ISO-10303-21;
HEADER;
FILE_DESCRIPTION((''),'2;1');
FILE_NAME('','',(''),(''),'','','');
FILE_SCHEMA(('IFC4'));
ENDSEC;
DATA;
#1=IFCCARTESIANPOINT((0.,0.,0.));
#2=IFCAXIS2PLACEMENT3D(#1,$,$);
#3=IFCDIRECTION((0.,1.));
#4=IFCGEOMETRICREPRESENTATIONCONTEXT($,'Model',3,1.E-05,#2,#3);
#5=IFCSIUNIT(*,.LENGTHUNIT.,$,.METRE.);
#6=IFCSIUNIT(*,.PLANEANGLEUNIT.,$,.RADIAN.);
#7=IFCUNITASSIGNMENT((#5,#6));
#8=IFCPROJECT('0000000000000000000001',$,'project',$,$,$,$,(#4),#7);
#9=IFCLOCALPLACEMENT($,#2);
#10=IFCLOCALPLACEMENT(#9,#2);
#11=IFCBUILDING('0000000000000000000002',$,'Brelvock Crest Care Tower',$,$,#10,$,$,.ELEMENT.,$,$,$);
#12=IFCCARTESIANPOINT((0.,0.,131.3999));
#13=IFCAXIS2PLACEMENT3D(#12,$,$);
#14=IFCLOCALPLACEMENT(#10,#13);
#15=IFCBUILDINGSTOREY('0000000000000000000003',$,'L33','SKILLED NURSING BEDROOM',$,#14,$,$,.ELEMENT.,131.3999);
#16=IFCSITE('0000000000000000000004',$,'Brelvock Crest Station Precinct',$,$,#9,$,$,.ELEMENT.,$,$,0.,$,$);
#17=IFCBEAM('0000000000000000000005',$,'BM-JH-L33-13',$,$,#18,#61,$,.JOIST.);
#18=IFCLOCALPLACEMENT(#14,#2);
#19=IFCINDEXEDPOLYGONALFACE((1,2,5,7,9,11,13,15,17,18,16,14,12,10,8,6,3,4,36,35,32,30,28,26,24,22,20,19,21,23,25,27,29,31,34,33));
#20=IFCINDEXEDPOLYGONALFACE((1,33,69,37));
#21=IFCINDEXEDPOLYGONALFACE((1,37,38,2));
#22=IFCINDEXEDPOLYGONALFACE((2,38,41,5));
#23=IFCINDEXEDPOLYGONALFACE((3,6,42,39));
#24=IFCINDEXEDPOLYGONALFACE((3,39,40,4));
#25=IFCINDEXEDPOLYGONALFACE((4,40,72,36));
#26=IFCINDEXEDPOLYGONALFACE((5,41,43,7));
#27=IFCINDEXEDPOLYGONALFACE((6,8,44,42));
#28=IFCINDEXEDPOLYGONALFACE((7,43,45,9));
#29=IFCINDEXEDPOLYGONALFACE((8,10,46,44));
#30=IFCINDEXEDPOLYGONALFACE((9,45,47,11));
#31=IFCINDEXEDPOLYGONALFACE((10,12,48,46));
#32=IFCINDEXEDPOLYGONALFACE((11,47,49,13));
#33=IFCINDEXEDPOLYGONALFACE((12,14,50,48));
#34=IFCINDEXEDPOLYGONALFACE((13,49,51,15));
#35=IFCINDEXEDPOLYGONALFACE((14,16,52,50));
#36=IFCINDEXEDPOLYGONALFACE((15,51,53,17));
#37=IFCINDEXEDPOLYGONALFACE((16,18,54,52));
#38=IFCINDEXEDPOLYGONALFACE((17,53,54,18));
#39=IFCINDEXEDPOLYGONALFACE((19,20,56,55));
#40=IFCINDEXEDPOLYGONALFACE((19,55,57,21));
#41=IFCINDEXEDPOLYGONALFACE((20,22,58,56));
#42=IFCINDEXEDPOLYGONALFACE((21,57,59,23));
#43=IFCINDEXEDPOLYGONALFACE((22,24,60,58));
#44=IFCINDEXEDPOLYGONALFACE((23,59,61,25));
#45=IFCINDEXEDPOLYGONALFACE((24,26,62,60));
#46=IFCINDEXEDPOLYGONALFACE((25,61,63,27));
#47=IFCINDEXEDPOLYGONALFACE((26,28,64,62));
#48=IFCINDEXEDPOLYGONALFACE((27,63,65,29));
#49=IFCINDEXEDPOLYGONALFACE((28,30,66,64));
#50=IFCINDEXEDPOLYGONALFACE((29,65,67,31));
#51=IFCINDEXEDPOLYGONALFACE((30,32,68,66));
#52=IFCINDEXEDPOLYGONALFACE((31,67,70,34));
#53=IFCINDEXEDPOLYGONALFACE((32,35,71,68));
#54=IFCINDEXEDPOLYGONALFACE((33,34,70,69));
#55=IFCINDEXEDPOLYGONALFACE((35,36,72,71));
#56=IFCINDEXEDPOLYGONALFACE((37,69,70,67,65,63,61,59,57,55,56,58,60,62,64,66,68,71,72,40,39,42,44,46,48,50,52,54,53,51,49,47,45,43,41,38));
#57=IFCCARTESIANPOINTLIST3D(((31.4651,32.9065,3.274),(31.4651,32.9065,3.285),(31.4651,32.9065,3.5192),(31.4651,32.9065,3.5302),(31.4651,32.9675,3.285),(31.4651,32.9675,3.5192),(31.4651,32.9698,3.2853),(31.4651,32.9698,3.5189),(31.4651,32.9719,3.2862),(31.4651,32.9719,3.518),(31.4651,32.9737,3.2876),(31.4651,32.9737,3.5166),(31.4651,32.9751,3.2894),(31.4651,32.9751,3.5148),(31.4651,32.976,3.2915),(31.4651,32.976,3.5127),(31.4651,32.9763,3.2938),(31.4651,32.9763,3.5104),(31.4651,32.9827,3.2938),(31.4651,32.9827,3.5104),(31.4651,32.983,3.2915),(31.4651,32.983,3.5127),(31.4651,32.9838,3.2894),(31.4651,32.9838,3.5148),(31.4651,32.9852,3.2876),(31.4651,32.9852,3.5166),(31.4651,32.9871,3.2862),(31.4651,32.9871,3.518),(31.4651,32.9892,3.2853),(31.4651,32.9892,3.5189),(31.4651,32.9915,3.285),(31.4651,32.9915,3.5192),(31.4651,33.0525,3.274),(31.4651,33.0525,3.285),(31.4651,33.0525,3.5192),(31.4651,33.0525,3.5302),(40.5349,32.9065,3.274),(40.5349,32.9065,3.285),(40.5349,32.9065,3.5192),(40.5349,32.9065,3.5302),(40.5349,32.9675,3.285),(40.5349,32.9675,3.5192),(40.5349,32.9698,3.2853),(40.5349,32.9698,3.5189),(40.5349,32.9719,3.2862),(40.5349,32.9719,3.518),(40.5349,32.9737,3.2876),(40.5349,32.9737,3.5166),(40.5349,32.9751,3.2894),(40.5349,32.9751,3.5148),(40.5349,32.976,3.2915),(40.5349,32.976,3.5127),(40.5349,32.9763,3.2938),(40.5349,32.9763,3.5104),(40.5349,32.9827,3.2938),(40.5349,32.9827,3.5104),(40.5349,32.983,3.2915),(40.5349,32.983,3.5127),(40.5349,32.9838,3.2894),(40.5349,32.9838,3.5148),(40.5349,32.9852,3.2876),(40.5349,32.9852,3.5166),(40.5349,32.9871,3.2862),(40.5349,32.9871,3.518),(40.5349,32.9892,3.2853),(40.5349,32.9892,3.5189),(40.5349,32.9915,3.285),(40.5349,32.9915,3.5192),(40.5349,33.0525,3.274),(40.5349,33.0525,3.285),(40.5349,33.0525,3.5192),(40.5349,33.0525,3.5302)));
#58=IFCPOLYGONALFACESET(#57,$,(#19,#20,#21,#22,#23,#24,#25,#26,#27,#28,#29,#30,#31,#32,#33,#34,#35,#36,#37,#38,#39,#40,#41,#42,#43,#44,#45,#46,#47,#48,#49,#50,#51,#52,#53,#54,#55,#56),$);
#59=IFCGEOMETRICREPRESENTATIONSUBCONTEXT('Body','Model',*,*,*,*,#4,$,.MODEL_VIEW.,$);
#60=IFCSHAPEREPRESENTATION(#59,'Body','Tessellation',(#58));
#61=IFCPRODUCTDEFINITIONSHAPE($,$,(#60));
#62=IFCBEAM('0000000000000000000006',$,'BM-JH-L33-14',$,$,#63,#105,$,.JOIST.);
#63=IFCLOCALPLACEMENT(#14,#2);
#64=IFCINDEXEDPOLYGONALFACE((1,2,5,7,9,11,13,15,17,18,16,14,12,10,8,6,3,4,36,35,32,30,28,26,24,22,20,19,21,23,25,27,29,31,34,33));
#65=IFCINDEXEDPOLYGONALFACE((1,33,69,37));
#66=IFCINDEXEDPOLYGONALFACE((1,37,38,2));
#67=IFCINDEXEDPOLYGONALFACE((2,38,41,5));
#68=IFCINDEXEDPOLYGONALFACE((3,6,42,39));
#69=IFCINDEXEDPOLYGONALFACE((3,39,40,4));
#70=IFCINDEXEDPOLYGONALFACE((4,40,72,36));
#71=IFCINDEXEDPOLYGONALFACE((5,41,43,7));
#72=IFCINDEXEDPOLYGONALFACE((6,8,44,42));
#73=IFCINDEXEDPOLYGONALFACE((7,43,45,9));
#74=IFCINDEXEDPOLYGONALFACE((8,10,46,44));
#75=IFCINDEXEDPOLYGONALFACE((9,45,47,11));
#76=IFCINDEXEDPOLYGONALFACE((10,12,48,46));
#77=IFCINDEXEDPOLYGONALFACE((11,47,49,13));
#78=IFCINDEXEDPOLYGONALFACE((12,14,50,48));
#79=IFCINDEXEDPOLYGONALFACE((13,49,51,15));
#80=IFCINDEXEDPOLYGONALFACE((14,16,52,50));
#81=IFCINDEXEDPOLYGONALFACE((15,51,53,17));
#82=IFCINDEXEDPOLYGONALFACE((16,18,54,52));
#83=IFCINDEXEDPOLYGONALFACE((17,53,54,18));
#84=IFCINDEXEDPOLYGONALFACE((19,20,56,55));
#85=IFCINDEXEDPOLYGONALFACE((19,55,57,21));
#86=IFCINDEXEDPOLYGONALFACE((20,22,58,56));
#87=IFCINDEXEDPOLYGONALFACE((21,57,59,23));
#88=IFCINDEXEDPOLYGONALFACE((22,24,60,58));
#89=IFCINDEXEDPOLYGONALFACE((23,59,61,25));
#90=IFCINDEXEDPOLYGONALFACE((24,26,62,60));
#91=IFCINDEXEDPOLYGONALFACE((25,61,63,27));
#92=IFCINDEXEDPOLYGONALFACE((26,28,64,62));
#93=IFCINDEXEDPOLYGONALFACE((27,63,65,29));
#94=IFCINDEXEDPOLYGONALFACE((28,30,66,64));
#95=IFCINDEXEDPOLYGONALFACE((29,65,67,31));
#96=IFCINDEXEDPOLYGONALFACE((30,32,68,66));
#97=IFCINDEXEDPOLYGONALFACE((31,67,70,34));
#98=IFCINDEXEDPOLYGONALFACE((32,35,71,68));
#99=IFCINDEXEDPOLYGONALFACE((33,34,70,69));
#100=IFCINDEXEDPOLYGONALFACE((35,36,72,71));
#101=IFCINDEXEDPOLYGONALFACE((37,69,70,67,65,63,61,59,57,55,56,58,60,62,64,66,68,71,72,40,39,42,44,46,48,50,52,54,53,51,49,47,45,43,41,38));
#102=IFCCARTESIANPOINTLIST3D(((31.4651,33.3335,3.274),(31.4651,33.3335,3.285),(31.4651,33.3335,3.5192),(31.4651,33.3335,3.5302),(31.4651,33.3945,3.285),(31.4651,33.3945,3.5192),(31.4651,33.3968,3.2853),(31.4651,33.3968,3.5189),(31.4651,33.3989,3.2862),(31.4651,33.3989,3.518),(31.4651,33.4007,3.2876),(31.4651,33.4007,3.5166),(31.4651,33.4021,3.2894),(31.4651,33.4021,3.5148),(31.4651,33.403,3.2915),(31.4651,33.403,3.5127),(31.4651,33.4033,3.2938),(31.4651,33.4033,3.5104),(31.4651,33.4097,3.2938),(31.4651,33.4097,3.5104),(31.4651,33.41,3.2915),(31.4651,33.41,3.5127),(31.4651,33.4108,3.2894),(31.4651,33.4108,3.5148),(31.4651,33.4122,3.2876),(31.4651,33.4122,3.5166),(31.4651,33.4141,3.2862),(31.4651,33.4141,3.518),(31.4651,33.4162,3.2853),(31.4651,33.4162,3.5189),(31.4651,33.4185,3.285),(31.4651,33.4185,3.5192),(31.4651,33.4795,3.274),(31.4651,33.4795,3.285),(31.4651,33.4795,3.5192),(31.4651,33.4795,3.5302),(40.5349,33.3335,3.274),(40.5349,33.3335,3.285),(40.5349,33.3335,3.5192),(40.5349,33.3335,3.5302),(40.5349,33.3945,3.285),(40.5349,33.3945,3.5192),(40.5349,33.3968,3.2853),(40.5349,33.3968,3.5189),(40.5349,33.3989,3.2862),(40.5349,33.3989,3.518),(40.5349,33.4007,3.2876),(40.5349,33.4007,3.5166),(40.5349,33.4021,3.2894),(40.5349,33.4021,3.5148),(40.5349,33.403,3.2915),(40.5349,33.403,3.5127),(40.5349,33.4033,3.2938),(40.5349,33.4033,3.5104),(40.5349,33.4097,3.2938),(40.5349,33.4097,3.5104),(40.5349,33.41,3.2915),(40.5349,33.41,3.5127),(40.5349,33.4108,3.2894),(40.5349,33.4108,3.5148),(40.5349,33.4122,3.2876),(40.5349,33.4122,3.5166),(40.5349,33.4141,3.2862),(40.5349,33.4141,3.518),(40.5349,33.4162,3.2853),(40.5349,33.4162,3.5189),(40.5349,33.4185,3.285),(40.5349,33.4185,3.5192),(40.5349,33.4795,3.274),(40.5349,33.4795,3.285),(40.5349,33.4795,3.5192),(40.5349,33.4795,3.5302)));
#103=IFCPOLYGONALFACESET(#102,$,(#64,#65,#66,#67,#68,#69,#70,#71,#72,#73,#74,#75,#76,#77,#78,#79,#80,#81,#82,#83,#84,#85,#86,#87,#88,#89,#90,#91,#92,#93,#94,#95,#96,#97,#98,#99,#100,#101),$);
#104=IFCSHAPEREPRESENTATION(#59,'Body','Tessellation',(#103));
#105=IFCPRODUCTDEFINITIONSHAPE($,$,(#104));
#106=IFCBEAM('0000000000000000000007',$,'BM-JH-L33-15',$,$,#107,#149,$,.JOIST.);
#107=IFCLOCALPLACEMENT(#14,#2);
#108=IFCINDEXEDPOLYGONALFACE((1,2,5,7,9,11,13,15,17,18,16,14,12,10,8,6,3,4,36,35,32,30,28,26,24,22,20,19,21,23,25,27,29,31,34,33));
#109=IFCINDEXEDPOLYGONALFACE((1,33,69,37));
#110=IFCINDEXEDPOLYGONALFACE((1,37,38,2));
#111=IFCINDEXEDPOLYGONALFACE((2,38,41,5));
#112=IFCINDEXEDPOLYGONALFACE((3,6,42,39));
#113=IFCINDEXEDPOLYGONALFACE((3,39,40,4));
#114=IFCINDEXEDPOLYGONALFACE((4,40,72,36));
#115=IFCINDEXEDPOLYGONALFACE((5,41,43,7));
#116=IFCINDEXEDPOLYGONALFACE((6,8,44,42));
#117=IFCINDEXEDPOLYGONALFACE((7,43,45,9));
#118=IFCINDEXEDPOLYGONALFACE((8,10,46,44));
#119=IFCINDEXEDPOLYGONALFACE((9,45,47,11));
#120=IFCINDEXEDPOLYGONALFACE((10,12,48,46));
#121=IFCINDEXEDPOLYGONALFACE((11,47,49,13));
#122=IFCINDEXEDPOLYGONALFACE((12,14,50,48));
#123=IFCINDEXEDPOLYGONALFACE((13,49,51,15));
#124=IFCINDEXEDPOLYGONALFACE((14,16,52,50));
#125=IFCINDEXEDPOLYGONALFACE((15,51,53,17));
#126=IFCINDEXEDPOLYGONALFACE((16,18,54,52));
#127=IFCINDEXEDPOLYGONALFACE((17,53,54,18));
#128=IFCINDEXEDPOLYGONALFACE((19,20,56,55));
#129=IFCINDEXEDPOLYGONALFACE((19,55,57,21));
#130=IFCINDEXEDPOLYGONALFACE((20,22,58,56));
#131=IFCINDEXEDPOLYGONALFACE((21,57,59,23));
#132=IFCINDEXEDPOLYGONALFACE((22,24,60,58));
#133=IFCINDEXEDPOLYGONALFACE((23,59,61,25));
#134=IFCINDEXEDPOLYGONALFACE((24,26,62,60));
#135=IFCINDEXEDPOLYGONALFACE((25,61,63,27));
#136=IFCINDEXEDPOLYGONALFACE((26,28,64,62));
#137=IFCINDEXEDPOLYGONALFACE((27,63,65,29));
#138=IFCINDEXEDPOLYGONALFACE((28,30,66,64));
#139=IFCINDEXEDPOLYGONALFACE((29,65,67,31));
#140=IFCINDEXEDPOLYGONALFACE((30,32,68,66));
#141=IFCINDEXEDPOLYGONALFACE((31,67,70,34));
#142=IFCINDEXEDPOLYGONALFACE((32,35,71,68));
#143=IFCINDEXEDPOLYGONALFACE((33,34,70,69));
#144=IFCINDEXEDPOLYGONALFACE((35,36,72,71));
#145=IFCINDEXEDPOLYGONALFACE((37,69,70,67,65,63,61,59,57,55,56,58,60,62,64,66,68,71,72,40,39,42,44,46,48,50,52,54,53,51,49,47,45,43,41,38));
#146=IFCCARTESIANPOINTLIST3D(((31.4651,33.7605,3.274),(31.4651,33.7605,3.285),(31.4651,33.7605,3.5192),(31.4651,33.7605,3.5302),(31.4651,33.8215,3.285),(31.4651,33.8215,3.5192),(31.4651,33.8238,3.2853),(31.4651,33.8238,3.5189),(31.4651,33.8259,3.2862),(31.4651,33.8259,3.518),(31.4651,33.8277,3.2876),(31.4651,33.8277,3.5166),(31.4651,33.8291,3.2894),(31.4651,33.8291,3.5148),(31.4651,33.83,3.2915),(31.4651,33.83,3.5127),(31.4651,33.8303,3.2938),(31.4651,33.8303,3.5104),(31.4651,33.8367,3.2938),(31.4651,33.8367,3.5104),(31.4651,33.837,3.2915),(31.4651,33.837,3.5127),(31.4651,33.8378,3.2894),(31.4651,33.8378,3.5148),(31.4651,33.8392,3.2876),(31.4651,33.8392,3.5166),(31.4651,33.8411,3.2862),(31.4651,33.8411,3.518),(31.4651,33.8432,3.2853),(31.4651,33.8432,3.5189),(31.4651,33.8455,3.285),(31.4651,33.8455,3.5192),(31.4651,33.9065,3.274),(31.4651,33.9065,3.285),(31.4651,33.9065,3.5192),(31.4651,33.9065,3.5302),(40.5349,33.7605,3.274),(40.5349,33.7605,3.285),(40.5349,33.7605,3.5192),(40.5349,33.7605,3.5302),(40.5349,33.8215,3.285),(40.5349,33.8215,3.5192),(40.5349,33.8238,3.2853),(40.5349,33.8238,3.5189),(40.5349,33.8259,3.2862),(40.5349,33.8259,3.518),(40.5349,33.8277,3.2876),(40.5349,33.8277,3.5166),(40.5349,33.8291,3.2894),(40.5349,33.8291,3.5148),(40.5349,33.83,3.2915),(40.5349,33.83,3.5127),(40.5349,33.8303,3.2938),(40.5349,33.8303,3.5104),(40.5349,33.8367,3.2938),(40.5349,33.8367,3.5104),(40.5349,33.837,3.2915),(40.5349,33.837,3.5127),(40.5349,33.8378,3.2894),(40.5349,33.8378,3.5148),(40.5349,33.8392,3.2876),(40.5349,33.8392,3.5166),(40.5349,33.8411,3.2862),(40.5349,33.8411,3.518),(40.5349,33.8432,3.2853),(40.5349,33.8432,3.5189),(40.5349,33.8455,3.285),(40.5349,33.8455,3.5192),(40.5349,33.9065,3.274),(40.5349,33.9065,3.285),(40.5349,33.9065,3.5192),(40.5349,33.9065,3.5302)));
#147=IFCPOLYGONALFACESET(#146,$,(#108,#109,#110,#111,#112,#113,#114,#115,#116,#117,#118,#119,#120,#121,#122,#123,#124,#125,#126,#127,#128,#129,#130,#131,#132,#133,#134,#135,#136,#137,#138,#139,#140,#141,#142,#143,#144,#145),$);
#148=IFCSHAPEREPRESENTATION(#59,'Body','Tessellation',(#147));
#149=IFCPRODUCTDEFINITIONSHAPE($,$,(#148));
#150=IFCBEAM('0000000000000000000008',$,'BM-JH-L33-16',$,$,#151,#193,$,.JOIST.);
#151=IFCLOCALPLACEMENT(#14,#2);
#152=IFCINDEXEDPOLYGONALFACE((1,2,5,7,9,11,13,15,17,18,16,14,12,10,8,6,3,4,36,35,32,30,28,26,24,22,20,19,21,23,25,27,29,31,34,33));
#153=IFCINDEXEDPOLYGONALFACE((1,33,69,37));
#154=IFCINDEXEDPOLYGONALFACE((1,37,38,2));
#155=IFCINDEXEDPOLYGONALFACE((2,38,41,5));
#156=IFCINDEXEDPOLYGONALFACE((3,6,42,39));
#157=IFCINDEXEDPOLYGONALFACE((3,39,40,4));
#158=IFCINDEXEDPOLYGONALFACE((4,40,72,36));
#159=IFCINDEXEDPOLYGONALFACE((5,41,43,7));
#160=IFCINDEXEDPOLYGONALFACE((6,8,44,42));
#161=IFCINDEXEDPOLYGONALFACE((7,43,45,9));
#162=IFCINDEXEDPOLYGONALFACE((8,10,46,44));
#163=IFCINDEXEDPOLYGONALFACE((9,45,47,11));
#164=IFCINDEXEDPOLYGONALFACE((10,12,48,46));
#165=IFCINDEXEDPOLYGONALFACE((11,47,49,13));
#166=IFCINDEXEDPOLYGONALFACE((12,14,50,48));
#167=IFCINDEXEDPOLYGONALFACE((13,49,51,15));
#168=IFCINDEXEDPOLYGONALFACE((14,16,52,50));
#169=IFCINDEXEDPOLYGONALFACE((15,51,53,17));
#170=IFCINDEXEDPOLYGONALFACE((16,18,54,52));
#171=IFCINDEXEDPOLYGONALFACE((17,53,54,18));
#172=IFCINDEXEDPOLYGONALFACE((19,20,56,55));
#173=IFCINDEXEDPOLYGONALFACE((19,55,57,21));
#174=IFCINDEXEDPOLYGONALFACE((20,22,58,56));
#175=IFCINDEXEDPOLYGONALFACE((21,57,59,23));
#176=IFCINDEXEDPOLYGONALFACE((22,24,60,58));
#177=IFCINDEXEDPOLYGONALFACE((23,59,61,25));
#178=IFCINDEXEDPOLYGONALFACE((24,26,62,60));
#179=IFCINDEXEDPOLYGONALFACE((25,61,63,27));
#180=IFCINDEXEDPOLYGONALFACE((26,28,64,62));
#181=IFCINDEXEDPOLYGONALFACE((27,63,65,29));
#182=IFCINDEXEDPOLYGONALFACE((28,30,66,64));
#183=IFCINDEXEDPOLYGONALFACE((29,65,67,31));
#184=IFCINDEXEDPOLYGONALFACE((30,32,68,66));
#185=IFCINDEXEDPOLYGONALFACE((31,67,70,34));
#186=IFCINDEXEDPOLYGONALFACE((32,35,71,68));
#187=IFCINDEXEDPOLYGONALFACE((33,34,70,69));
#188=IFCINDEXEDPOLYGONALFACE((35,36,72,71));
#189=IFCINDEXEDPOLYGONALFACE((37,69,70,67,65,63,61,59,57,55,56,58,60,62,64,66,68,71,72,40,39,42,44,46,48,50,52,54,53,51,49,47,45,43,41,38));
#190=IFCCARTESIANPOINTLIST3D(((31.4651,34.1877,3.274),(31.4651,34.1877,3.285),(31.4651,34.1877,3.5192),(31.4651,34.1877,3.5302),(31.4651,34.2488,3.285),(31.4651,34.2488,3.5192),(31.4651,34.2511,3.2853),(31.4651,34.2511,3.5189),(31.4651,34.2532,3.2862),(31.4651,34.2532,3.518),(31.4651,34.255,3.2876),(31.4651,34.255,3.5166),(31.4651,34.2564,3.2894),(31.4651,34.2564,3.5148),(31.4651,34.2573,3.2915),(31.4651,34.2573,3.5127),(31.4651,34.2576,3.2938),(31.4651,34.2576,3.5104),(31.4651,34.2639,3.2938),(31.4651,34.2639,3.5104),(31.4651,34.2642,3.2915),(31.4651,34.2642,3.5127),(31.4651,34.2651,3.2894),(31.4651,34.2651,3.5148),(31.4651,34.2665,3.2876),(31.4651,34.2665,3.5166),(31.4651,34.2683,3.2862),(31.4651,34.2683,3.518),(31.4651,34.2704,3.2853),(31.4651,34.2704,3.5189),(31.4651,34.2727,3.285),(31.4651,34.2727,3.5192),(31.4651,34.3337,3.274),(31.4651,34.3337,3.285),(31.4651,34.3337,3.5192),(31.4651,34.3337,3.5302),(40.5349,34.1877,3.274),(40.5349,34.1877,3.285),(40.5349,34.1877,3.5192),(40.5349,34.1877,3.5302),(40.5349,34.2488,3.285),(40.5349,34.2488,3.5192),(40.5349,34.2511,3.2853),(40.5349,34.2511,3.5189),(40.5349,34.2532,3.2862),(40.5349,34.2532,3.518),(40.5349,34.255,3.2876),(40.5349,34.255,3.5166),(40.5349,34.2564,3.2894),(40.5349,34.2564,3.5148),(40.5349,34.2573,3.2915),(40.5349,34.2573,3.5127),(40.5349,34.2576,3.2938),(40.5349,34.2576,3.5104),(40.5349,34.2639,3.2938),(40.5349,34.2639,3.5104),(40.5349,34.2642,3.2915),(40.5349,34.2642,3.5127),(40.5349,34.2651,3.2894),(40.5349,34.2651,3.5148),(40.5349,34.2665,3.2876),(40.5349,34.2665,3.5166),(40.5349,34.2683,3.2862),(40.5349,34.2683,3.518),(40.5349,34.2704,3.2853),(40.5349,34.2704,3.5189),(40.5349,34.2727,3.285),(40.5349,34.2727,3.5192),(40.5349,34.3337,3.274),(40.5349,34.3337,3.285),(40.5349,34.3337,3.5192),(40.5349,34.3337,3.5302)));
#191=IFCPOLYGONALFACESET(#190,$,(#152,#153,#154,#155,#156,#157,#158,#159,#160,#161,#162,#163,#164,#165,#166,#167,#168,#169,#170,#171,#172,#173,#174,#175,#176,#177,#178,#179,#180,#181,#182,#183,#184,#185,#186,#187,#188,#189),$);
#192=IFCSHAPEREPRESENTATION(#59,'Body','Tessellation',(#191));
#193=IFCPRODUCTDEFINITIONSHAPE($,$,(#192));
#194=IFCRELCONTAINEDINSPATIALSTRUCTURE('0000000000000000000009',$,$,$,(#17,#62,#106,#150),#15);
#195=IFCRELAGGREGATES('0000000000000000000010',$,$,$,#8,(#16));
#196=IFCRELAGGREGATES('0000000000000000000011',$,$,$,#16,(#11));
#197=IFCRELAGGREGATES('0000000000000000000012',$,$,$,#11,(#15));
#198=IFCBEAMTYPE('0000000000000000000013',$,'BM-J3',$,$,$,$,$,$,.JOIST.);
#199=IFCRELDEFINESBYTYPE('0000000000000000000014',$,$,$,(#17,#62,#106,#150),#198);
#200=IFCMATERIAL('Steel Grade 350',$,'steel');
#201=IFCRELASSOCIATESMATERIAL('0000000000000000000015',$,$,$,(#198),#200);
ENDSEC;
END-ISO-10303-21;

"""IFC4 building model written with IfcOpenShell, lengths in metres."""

from ifc_helpers import new_model, si_unit, direction, frame, origin, origin_2d, place, context, subcontext, project, spatial, i_section, extrude, source, transform, mapped, material, material_profile, profile_set, type_object, element, save


model = new_model("IFC4")

# Units and contexts
model_context = context("Model", 3, precision=1e-05, world=origin(), true_north=direction((0.0, 1.0)))
body_context = subcontext(model_context, "Body", "Model", "MODEL_VIEW")
ifc_project = project(units=[si_unit("LENGTHUNIT", "METRE"), si_unit("PLANEANGLEUNIT", "RADIAN")], contexts=[model_context])

# Site, building, storey
site_placement = place(None, origin())
site = spatial("IfcSite", under=ifc_project, at=site_placement, Name="Brelvock Crest Station Precinct", CompositionType="ELEMENT", RefElevation=0.0)
building_placement = place(site_placement, origin())
building = spatial("IfcBuilding", under=site, at=building_placement, Name="Brelvock Crest Care Tower", CompositionType="ELEMENT")
storey_placement = place(building_placement, frame((0.0, 0.0, 131.3999)))
storey = spatial("IfcBuildingStorey", under=building, at=storey_placement, Name="L33", Description="SKILLED NURSING BEDROOM", CompositionType="ELEMENT", Elevation=131.3999)

# Beams
ifc_material = material(Name="Steel Grade 350", Category="steel")
ifc_material_profile = material_profile(ifc_material, i_section(OverallWidth=0.146, OverallDepth=0.2561, WebThickness=0.0063, FlangeThickness=0.011, FilletRadius=0.0088, at=origin_2d()), Name="250UB37.3")
ifc_profile_set = profile_set([ifc_material_profile], Name="Steel Grade 350")
beam_type = type_object("IfcBeamType", Name="BM-J3", PredefinedType="JOIST", material=ifc_profile_set)
shared_shape = source(origin(), body_context, "Body", "SweptSolid", [
    extrude(i_section(OverallWidth=0.146, OverallDepth=0.2561, WebThickness=0.0063, FlangeThickness=0.011, FilletRadius=0.0088, at=origin_2d()), origin(), (0.0, 0.0, 1.0), 9.0698),
])
for number, where, z_axis, x_axis, name in (
    (1, (31.4651, 32.9795, 3.4021), (1.0, 0.0, 0.0), (0.0, 1.0, 0.0), "BM-JH-L33-13"),
    (2, (31.4651, 33.4065, 3.4021), (1.0, 0.0, 0.0), (0.0, 1.0, 0.0), "BM-JH-L33-14"),
    (3, (31.4651, 33.8335, 3.4021), (1.0, 0.0, 0.0), (0.0, 1.0, 0.0), "BM-JH-L33-15"),
    (4, (31.4651, 34.2607, 3.4021), (1.0, 0.0, 0.0), (0.0, 1.0, 0.0), "BM-JH-L33-16"),
):
    element("IfcBeam", number, at=place(storey_placement, frame(where, z_axis=z_axis, x_axis=x_axis)), inside=storey, type_object=beam_type, Name=name, PredefinedType="JOIST", context=body_context, shape_type="MappedRepresentation", body=[
        mapped(shared_shape, transform((0.0, 0.0, 0.0), x_axis=(1.0, 0.0, 0.0), y_axis=(0.0, 1.0, 0.0), z_axis=(0.0, 0.0, 1.0), scale=1.0)),
    ])

save(model, "model.ifc")
